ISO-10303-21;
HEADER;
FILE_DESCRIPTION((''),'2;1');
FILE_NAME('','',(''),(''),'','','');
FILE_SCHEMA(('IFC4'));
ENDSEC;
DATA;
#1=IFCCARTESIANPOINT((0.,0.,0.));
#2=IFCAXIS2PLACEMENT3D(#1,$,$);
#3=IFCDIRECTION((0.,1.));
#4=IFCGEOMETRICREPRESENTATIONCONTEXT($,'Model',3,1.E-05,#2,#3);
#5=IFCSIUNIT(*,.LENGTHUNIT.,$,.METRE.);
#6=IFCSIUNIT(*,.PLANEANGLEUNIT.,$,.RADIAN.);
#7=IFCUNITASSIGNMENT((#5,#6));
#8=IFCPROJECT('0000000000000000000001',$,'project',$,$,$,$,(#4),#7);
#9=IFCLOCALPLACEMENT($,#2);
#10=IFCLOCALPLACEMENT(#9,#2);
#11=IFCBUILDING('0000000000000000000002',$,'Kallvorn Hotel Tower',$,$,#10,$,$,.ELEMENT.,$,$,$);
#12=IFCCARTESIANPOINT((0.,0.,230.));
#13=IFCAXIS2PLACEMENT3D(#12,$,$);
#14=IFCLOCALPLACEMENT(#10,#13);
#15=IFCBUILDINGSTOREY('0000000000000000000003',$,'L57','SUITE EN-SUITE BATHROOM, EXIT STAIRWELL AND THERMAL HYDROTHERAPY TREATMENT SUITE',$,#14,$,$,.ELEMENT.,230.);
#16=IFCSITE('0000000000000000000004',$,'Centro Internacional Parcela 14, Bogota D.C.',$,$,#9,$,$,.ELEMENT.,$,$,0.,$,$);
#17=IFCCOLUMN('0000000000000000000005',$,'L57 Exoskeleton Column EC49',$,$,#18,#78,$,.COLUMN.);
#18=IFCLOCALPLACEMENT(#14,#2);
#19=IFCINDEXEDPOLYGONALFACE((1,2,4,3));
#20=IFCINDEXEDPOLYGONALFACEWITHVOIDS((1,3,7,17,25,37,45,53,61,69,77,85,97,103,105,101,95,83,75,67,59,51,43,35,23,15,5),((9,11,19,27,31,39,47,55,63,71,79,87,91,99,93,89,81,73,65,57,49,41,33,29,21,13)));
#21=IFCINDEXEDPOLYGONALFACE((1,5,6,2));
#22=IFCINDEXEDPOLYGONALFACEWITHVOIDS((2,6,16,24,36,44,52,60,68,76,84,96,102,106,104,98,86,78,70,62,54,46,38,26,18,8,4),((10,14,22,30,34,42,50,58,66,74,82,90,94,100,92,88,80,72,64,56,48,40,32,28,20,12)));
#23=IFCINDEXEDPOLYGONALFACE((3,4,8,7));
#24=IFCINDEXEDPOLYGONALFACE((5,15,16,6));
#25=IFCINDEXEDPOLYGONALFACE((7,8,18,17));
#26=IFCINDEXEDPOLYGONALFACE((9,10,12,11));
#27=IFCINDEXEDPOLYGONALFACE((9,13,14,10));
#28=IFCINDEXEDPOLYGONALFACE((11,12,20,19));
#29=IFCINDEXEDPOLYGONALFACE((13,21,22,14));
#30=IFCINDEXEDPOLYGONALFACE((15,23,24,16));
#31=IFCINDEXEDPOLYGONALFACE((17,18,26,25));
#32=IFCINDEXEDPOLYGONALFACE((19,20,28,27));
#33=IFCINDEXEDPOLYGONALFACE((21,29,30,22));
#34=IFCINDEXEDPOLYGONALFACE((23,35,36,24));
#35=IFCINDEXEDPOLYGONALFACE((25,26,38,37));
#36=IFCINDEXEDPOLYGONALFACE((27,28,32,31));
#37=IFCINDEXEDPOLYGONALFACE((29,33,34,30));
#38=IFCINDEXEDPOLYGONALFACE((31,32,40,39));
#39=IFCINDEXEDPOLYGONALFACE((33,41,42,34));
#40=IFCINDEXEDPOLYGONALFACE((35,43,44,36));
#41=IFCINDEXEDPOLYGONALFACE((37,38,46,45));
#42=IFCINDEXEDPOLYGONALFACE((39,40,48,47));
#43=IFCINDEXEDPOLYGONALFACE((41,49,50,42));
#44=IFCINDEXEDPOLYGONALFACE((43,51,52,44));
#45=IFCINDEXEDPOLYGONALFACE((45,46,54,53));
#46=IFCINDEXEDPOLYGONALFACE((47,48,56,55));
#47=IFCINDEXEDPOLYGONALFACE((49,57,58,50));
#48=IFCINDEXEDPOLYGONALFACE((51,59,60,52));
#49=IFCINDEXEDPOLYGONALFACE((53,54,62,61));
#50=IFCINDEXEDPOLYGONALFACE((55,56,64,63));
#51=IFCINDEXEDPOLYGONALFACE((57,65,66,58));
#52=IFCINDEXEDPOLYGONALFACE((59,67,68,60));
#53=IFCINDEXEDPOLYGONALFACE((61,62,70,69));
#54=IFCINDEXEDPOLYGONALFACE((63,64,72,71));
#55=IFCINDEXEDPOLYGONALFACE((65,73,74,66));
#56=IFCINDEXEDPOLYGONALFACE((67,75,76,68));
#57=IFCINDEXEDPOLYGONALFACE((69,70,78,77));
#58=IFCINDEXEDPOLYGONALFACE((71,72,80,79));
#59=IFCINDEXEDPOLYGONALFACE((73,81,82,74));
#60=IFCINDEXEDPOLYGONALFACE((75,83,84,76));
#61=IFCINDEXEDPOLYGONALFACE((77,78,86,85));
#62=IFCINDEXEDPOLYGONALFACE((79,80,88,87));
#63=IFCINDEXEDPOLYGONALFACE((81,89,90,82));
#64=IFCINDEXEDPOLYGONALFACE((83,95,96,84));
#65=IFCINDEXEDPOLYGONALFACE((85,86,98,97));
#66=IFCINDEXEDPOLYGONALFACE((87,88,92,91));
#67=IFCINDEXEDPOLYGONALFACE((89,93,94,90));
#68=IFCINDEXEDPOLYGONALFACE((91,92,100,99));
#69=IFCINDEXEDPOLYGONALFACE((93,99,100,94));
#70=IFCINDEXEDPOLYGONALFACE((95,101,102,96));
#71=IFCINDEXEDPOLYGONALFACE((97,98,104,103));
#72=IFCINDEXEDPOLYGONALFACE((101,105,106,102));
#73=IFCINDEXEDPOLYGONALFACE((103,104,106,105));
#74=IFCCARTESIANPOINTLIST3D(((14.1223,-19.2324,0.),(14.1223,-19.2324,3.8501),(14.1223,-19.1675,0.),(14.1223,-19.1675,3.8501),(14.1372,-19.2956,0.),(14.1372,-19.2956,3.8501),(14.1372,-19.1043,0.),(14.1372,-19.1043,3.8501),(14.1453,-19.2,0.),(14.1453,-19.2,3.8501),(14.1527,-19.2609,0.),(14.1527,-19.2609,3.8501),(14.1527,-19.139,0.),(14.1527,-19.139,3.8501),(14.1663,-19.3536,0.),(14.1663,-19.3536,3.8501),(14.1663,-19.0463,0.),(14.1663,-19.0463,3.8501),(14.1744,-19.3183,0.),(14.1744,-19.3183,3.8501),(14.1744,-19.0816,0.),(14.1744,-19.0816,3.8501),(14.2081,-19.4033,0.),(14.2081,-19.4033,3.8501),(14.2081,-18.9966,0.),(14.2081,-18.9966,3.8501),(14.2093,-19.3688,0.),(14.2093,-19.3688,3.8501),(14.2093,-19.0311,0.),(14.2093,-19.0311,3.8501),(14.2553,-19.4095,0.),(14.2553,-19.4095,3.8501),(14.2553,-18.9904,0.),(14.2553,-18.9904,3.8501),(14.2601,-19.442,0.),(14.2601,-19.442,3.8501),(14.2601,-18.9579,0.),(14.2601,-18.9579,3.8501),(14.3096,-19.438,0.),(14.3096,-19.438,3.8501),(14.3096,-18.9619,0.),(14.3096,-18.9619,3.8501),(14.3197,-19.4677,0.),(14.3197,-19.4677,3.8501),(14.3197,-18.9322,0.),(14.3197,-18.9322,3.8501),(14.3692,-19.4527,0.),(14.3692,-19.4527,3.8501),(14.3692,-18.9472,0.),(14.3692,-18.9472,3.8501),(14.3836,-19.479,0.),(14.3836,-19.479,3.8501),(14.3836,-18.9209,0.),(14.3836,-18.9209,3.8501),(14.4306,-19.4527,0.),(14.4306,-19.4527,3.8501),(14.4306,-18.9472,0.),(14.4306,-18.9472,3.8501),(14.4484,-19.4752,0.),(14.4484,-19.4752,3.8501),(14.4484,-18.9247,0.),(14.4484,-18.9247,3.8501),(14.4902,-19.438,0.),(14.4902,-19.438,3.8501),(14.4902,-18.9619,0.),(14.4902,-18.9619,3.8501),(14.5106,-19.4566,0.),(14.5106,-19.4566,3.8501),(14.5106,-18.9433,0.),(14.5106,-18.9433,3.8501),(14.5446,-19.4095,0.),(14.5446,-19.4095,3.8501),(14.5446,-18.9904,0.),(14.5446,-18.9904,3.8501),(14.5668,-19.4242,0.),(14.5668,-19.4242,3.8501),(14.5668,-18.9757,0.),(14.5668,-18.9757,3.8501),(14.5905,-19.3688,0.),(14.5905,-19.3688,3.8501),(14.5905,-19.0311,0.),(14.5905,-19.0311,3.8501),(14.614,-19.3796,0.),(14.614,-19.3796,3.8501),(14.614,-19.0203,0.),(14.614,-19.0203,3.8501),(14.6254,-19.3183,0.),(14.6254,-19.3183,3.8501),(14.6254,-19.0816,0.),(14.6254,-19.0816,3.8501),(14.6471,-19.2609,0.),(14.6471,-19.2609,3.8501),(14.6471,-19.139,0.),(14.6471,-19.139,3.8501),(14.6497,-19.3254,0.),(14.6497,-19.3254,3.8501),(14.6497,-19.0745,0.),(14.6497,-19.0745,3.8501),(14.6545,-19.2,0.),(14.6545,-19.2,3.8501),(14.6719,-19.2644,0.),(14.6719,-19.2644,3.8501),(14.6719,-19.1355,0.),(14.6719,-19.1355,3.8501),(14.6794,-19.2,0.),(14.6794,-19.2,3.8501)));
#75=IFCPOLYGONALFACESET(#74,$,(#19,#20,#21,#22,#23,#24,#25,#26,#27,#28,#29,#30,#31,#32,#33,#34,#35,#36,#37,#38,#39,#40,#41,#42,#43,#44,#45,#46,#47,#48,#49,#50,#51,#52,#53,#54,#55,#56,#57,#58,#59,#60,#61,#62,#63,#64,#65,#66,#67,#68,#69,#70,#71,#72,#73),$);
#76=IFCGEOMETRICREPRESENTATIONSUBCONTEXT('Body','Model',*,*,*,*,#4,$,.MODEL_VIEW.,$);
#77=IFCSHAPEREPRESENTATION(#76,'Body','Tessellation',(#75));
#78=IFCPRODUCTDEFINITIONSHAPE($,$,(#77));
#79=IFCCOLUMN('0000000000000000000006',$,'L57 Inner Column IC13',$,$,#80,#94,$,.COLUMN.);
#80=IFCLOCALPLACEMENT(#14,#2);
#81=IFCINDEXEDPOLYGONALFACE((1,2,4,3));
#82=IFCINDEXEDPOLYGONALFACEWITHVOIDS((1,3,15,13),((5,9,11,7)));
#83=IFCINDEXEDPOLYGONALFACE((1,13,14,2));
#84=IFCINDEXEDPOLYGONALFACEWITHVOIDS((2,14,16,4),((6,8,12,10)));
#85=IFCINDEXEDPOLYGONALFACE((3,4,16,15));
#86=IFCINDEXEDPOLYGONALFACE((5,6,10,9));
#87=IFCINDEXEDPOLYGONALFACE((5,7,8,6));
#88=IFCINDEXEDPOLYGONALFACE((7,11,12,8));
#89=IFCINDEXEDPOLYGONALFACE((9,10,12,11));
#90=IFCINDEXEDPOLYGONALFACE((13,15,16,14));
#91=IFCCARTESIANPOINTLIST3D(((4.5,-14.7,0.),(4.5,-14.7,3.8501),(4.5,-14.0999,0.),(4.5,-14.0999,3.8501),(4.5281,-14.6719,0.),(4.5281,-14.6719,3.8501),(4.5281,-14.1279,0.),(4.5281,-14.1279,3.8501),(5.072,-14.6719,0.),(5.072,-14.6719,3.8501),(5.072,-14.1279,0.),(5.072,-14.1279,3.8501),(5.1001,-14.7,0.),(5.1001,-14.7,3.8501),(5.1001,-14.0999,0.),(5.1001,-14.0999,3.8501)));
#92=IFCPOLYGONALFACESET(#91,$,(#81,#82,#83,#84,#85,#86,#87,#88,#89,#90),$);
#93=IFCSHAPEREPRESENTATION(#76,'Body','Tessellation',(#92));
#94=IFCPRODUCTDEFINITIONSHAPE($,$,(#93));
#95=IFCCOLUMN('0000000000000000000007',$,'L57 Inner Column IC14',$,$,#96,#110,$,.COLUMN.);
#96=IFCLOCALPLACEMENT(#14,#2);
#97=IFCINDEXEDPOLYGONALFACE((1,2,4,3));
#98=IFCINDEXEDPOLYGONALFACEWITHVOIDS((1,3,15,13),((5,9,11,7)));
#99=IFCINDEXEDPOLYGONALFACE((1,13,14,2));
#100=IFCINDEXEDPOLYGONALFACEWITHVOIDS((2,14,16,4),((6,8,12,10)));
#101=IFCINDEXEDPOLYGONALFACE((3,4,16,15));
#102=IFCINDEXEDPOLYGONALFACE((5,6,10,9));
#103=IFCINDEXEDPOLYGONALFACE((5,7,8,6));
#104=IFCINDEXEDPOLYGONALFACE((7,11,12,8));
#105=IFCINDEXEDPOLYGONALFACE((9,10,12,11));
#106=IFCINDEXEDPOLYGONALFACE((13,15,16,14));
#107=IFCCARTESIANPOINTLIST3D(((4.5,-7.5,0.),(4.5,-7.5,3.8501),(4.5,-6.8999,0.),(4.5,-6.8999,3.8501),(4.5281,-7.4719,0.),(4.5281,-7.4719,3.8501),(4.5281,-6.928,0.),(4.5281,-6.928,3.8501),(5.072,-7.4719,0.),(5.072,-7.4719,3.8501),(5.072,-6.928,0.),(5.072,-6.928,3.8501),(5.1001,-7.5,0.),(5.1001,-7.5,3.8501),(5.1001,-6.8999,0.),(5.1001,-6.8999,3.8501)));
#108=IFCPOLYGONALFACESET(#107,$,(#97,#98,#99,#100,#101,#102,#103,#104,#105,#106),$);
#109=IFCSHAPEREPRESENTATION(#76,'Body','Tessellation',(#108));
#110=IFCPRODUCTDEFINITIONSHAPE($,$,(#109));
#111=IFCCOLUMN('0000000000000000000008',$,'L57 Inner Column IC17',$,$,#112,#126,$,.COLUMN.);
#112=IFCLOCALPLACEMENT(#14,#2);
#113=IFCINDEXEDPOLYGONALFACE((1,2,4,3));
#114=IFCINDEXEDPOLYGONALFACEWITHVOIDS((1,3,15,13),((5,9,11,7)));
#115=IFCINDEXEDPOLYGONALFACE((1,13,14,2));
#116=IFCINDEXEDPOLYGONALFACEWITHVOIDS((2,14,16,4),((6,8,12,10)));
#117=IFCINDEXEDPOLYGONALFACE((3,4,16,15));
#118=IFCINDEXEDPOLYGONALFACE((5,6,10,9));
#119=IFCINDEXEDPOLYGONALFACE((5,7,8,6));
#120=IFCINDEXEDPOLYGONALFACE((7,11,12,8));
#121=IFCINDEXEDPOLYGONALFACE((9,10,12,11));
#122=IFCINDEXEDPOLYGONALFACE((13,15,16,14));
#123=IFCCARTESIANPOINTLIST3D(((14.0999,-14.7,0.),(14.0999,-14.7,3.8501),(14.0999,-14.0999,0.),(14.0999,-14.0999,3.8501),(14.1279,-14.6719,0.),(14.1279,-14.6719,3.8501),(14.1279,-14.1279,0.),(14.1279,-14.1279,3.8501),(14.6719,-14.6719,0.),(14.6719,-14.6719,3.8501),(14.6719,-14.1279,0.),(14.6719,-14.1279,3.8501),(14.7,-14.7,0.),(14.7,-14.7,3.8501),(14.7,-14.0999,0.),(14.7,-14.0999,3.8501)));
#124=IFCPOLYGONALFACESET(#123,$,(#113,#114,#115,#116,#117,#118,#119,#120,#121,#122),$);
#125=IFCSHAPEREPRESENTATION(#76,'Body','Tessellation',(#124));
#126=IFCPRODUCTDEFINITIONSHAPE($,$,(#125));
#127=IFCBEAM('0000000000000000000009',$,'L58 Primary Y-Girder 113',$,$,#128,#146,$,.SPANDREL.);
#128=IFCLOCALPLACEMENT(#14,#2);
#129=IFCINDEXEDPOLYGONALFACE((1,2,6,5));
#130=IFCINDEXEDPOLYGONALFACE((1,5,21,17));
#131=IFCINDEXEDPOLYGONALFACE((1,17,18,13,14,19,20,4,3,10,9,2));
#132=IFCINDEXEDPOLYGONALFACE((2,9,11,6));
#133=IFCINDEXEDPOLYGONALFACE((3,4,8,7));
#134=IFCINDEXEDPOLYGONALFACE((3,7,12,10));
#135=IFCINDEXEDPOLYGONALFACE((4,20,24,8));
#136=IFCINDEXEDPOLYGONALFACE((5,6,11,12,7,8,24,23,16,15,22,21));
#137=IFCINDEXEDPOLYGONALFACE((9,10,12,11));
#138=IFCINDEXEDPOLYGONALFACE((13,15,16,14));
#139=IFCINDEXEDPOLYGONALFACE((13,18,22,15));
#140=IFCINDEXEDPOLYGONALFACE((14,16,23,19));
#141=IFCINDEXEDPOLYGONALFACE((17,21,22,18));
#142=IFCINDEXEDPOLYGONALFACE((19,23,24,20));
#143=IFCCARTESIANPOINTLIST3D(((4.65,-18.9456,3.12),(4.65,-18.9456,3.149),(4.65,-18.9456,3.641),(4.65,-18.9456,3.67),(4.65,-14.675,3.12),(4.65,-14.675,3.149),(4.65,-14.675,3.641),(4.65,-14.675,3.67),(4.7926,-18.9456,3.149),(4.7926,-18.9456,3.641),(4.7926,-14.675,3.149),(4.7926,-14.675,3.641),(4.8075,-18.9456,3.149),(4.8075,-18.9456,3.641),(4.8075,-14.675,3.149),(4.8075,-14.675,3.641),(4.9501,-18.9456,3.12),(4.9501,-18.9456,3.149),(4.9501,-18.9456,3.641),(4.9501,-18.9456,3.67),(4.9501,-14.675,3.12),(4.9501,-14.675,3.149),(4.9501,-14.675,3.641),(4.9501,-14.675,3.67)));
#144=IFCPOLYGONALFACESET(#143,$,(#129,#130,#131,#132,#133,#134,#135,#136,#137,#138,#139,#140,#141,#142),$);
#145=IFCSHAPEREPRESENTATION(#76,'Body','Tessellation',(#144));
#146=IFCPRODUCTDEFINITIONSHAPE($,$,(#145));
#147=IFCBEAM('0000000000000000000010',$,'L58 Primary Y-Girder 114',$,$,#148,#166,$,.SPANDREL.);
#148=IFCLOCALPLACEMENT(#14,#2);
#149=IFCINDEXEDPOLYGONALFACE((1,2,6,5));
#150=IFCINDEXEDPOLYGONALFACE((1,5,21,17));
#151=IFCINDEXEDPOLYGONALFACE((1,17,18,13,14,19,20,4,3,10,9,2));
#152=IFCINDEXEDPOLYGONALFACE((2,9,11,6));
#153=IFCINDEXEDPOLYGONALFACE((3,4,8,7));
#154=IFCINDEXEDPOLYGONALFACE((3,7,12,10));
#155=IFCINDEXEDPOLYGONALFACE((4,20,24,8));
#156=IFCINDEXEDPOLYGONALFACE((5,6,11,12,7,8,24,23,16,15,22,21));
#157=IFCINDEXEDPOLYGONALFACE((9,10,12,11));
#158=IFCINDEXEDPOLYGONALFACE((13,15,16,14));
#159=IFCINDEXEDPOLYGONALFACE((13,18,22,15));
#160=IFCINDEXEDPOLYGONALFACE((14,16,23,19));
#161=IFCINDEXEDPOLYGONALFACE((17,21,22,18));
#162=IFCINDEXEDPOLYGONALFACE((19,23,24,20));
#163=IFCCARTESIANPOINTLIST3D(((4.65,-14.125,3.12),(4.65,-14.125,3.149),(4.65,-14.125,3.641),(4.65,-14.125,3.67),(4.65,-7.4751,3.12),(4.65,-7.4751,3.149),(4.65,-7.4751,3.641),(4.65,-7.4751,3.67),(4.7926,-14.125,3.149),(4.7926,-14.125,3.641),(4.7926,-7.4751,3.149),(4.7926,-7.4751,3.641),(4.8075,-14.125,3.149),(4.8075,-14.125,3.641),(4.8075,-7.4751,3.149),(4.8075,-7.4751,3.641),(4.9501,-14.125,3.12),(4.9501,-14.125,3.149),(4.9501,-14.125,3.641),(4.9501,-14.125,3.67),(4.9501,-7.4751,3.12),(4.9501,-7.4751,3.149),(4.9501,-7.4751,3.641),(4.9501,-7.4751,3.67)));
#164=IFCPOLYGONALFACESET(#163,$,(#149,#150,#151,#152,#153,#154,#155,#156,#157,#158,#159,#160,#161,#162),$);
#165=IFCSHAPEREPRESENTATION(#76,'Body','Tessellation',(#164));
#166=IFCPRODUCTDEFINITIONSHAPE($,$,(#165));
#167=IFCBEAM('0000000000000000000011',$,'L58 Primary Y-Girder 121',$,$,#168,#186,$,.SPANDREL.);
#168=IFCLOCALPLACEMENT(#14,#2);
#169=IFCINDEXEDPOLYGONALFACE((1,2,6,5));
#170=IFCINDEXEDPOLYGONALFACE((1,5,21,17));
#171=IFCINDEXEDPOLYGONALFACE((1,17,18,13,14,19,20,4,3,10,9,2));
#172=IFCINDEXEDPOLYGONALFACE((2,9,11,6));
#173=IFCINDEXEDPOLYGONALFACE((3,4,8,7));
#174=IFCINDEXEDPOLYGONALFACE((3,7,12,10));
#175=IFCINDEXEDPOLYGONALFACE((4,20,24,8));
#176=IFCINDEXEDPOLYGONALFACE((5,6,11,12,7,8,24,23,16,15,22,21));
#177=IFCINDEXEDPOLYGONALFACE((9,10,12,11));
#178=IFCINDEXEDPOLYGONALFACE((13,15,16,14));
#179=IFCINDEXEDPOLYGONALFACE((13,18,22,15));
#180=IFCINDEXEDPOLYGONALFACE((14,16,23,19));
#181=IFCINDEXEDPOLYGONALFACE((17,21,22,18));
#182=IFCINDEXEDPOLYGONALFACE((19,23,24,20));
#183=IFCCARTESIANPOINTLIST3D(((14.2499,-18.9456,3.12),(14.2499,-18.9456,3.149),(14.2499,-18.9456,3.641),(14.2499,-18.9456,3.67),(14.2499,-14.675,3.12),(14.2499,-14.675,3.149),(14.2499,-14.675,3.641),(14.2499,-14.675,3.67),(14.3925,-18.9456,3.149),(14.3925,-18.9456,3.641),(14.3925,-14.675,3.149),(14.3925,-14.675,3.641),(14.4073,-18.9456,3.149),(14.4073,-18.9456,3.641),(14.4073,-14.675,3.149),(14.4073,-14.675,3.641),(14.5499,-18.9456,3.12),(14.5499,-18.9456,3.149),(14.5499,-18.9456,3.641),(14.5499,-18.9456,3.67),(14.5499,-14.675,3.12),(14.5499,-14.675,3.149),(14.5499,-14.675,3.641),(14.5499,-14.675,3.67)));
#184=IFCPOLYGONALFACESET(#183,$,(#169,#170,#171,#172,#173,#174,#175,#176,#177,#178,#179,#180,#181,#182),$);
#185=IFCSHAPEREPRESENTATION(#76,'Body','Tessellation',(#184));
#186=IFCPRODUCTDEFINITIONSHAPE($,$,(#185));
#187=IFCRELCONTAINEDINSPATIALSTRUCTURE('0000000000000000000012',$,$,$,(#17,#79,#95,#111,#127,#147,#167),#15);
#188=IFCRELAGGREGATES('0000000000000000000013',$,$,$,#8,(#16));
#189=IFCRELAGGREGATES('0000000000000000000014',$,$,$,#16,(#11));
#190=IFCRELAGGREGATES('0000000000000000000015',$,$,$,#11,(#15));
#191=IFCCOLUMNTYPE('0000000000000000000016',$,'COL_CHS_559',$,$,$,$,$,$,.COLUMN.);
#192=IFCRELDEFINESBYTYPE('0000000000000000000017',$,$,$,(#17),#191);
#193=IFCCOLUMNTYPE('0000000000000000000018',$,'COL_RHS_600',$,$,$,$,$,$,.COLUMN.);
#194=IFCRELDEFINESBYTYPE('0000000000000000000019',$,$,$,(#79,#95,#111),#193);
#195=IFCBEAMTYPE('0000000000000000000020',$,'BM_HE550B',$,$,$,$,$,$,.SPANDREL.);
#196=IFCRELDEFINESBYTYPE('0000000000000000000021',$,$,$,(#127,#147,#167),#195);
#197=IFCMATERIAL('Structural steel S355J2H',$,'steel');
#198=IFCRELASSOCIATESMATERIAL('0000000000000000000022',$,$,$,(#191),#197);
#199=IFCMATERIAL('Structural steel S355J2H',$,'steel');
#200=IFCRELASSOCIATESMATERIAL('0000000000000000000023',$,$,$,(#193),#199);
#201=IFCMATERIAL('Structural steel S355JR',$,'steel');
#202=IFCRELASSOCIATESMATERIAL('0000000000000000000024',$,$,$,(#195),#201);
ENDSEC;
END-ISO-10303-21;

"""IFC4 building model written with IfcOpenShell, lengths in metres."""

from ifc_helpers import new_model, si_unit, direction, frame, origin, origin_2d, place, context, subcontext, project, spatial, hollow_rectangle, hollow_circle, i_section, extrude, material, material_profile, profile_set, type_object, element, save


model = new_model("IFC4")

# Units and contexts
model_context = context("Model", 3, precision=1e-05, world=origin(), true_north=direction((0.0, 1.0)))
body_context = subcontext(model_context, "Body", "Model", "MODEL_VIEW")
ifc_project = project(units=[si_unit("LENGTHUNIT", "METRE"), si_unit("PLANEANGLEUNIT", "RADIAN")], contexts=[model_context])

# Site, building, storey
site_placement = place(None, origin())
site = spatial("IfcSite", under=ifc_project, at=site_placement, Name="Centro Internacional Parcela 14, Bogota D.C.", CompositionType="ELEMENT", RefElevation=0.0)
building_placement = place(site_placement, origin())
building = spatial("IfcBuilding", under=site, at=building_placement, Name="Kallvorn Hotel Tower", CompositionType="ELEMENT")
storey_placement = place(building_placement, frame((0.0, 0.0, 230.0)))
storey = spatial("IfcBuildingStorey", under=building, at=storey_placement, Name="L57", Description="SUITE EN-SUITE BATHROOM, EXIT STAIRWELL AND THERMAL HYDROTHERAPY TREATMENT SUITE", CompositionType="ELEMENT", Elevation=230.0)

# Columns
ifc_material_1 = material(Name="Structural steel S355J2H", Category="steel")
ifc_material_profile_1 = material_profile(ifc_material_1, hollow_circle(Radius=0.2795, WallThickness=0.0249, at=origin_2d()), Name="CHS 559x25")
ifc_profile_set_1 = profile_set([ifc_material_profile_1], Name="Structural steel S355J2H")
column_type_1 = type_object("IfcColumnType", Name="COL_CHS_559", PredefinedType="COLUMN", material=ifc_profile_set_1)
for number, where, z_axis, x_axis, name in (
    (1, (14.3999, -19.2, 0.0), (0.0, 0.0, 1.0), (1.0, 0.0, 0.0), "L57 Exoskeleton Column EC49"),
):
    element("IfcColumn", number, at=place(storey_placement, frame(where, z_axis=z_axis, x_axis=x_axis)), inside=storey, type_object=column_type_1, Name=name, PredefinedType="COLUMN", context=body_context, shape_type="SweptSolid", body=[
        extrude(hollow_circle(Radius=0.2795, WallThickness=0.0249, at=origin_2d()), origin(), (0.0, 0.0, 1.0), 3.8501),
    ])
ifc_material_2 = material(Name="Structural steel S355J2H", Category="steel")
ifc_material_profile_2 = material_profile(ifc_material_2, hollow_rectangle(XDim=0.6001, YDim=0.6001, WallThickness=0.0281, at=origin_2d()), Name="RHS 600x600x28")
ifc_profile_set_2 = profile_set([ifc_material_profile_2], Name="Structural steel S355J2H")
column_type_2 = type_object("IfcColumnType", Name="COL_RHS_600", PredefinedType="COLUMN", material=ifc_profile_set_2)
for number, where, z_axis, x_axis, name in (
    (2, (4.8, -14.3999, 0.0), (0.0, 0.0, 1.0), (1.0, 0.0, 0.0), "L57 Inner Column IC13"),
    (3, (4.8, -7.2, 0.0), (0.0, 0.0, 1.0), (1.0, 0.0, 0.0), "L57 Inner Column IC14"),
    (4, (14.3999, -14.3999, 0.0), (0.0, 0.0, 1.0), (1.0, 0.0, 0.0), "L57 Inner Column IC17"),
):
    element("IfcColumn", number, at=place(storey_placement, frame(where, z_axis=z_axis, x_axis=x_axis)), inside=storey, type_object=column_type_2, Name=name, PredefinedType="COLUMN", context=body_context, shape_type="SweptSolid", body=[
        extrude(hollow_rectangle(XDim=0.6001, YDim=0.6001, WallThickness=0.0281, at=origin_2d()), origin(), (0.0, 0.0, 1.0), 3.8501),
    ])

# Beams
ifc_material_3 = material(Name="Structural steel S355JR", Category="steel")
ifc_material_profile_3 = material_profile(ifc_material_3, i_section(OverallWidth=0.3, OverallDepth=0.55, WebThickness=0.0149, FlangeThickness=0.0291, at=origin_2d()), Name="HE 550 B")
ifc_profile_set_3 = profile_set([ifc_material_profile_3], Name="Structural steel S355JR")
beam_type_1 = type_object("IfcBeamType", Name="BM_HE550B", PredefinedType="SPANDREL", material=ifc_profile_set_3)
beam_1_placement = place(storey_placement, frame((4.8, -18.9456, 3.395), z_axis=(0.0, 1.0, 0.0), x_axis=(-1.0, 0.0, 0.0)))
element("IfcBeam", 5, at=beam_1_placement, inside=storey, type_object=beam_type_1, Name="L58 Primary Y-Girder 113", PredefinedType="SPANDREL", context=body_context, shape_type="SweptSolid", body=[
    extrude(i_section(OverallWidth=0.3, OverallDepth=0.55, WebThickness=0.0149, FlangeThickness=0.0291, at=origin_2d()), origin(), (0.0, 0.0, 1.0), 4.2705),
])
beam_2_placement = place(storey_placement, frame((4.8, -14.125, 3.395), z_axis=(0.0, 1.0, 0.0), x_axis=(-1.0, 0.0, 0.0)))
element("IfcBeam", 6, at=beam_2_placement, inside=storey, type_object=beam_type_1, Name="L58 Primary Y-Girder 114", PredefinedType="SPANDREL", context=body_context, shape_type="SweptSolid", body=[
    extrude(i_section(OverallWidth=0.3, OverallDepth=0.55, WebThickness=0.0149, FlangeThickness=0.0291, at=origin_2d()), origin(), (0.0, 0.0, 1.0), 6.6499),
])
beam_3_placement = place(storey_placement, frame((14.3999, -18.9456, 3.395), z_axis=(0.0, 1.0, 0.0), x_axis=(-1.0, 0.0, 0.0)))
element("IfcBeam", 7, at=beam_3_placement, inside=storey, type_object=beam_type_1, Name="L58 Primary Y-Girder 121", PredefinedType="SPANDREL", context=body_context, shape_type="SweptSolid", body=[
    extrude(i_section(OverallWidth=0.3, OverallDepth=0.55, WebThickness=0.0149, FlangeThickness=0.0291, at=origin_2d()), origin(), (0.0, 0.0, 1.0), 4.2705),
])

save(model, "model.ifc")
